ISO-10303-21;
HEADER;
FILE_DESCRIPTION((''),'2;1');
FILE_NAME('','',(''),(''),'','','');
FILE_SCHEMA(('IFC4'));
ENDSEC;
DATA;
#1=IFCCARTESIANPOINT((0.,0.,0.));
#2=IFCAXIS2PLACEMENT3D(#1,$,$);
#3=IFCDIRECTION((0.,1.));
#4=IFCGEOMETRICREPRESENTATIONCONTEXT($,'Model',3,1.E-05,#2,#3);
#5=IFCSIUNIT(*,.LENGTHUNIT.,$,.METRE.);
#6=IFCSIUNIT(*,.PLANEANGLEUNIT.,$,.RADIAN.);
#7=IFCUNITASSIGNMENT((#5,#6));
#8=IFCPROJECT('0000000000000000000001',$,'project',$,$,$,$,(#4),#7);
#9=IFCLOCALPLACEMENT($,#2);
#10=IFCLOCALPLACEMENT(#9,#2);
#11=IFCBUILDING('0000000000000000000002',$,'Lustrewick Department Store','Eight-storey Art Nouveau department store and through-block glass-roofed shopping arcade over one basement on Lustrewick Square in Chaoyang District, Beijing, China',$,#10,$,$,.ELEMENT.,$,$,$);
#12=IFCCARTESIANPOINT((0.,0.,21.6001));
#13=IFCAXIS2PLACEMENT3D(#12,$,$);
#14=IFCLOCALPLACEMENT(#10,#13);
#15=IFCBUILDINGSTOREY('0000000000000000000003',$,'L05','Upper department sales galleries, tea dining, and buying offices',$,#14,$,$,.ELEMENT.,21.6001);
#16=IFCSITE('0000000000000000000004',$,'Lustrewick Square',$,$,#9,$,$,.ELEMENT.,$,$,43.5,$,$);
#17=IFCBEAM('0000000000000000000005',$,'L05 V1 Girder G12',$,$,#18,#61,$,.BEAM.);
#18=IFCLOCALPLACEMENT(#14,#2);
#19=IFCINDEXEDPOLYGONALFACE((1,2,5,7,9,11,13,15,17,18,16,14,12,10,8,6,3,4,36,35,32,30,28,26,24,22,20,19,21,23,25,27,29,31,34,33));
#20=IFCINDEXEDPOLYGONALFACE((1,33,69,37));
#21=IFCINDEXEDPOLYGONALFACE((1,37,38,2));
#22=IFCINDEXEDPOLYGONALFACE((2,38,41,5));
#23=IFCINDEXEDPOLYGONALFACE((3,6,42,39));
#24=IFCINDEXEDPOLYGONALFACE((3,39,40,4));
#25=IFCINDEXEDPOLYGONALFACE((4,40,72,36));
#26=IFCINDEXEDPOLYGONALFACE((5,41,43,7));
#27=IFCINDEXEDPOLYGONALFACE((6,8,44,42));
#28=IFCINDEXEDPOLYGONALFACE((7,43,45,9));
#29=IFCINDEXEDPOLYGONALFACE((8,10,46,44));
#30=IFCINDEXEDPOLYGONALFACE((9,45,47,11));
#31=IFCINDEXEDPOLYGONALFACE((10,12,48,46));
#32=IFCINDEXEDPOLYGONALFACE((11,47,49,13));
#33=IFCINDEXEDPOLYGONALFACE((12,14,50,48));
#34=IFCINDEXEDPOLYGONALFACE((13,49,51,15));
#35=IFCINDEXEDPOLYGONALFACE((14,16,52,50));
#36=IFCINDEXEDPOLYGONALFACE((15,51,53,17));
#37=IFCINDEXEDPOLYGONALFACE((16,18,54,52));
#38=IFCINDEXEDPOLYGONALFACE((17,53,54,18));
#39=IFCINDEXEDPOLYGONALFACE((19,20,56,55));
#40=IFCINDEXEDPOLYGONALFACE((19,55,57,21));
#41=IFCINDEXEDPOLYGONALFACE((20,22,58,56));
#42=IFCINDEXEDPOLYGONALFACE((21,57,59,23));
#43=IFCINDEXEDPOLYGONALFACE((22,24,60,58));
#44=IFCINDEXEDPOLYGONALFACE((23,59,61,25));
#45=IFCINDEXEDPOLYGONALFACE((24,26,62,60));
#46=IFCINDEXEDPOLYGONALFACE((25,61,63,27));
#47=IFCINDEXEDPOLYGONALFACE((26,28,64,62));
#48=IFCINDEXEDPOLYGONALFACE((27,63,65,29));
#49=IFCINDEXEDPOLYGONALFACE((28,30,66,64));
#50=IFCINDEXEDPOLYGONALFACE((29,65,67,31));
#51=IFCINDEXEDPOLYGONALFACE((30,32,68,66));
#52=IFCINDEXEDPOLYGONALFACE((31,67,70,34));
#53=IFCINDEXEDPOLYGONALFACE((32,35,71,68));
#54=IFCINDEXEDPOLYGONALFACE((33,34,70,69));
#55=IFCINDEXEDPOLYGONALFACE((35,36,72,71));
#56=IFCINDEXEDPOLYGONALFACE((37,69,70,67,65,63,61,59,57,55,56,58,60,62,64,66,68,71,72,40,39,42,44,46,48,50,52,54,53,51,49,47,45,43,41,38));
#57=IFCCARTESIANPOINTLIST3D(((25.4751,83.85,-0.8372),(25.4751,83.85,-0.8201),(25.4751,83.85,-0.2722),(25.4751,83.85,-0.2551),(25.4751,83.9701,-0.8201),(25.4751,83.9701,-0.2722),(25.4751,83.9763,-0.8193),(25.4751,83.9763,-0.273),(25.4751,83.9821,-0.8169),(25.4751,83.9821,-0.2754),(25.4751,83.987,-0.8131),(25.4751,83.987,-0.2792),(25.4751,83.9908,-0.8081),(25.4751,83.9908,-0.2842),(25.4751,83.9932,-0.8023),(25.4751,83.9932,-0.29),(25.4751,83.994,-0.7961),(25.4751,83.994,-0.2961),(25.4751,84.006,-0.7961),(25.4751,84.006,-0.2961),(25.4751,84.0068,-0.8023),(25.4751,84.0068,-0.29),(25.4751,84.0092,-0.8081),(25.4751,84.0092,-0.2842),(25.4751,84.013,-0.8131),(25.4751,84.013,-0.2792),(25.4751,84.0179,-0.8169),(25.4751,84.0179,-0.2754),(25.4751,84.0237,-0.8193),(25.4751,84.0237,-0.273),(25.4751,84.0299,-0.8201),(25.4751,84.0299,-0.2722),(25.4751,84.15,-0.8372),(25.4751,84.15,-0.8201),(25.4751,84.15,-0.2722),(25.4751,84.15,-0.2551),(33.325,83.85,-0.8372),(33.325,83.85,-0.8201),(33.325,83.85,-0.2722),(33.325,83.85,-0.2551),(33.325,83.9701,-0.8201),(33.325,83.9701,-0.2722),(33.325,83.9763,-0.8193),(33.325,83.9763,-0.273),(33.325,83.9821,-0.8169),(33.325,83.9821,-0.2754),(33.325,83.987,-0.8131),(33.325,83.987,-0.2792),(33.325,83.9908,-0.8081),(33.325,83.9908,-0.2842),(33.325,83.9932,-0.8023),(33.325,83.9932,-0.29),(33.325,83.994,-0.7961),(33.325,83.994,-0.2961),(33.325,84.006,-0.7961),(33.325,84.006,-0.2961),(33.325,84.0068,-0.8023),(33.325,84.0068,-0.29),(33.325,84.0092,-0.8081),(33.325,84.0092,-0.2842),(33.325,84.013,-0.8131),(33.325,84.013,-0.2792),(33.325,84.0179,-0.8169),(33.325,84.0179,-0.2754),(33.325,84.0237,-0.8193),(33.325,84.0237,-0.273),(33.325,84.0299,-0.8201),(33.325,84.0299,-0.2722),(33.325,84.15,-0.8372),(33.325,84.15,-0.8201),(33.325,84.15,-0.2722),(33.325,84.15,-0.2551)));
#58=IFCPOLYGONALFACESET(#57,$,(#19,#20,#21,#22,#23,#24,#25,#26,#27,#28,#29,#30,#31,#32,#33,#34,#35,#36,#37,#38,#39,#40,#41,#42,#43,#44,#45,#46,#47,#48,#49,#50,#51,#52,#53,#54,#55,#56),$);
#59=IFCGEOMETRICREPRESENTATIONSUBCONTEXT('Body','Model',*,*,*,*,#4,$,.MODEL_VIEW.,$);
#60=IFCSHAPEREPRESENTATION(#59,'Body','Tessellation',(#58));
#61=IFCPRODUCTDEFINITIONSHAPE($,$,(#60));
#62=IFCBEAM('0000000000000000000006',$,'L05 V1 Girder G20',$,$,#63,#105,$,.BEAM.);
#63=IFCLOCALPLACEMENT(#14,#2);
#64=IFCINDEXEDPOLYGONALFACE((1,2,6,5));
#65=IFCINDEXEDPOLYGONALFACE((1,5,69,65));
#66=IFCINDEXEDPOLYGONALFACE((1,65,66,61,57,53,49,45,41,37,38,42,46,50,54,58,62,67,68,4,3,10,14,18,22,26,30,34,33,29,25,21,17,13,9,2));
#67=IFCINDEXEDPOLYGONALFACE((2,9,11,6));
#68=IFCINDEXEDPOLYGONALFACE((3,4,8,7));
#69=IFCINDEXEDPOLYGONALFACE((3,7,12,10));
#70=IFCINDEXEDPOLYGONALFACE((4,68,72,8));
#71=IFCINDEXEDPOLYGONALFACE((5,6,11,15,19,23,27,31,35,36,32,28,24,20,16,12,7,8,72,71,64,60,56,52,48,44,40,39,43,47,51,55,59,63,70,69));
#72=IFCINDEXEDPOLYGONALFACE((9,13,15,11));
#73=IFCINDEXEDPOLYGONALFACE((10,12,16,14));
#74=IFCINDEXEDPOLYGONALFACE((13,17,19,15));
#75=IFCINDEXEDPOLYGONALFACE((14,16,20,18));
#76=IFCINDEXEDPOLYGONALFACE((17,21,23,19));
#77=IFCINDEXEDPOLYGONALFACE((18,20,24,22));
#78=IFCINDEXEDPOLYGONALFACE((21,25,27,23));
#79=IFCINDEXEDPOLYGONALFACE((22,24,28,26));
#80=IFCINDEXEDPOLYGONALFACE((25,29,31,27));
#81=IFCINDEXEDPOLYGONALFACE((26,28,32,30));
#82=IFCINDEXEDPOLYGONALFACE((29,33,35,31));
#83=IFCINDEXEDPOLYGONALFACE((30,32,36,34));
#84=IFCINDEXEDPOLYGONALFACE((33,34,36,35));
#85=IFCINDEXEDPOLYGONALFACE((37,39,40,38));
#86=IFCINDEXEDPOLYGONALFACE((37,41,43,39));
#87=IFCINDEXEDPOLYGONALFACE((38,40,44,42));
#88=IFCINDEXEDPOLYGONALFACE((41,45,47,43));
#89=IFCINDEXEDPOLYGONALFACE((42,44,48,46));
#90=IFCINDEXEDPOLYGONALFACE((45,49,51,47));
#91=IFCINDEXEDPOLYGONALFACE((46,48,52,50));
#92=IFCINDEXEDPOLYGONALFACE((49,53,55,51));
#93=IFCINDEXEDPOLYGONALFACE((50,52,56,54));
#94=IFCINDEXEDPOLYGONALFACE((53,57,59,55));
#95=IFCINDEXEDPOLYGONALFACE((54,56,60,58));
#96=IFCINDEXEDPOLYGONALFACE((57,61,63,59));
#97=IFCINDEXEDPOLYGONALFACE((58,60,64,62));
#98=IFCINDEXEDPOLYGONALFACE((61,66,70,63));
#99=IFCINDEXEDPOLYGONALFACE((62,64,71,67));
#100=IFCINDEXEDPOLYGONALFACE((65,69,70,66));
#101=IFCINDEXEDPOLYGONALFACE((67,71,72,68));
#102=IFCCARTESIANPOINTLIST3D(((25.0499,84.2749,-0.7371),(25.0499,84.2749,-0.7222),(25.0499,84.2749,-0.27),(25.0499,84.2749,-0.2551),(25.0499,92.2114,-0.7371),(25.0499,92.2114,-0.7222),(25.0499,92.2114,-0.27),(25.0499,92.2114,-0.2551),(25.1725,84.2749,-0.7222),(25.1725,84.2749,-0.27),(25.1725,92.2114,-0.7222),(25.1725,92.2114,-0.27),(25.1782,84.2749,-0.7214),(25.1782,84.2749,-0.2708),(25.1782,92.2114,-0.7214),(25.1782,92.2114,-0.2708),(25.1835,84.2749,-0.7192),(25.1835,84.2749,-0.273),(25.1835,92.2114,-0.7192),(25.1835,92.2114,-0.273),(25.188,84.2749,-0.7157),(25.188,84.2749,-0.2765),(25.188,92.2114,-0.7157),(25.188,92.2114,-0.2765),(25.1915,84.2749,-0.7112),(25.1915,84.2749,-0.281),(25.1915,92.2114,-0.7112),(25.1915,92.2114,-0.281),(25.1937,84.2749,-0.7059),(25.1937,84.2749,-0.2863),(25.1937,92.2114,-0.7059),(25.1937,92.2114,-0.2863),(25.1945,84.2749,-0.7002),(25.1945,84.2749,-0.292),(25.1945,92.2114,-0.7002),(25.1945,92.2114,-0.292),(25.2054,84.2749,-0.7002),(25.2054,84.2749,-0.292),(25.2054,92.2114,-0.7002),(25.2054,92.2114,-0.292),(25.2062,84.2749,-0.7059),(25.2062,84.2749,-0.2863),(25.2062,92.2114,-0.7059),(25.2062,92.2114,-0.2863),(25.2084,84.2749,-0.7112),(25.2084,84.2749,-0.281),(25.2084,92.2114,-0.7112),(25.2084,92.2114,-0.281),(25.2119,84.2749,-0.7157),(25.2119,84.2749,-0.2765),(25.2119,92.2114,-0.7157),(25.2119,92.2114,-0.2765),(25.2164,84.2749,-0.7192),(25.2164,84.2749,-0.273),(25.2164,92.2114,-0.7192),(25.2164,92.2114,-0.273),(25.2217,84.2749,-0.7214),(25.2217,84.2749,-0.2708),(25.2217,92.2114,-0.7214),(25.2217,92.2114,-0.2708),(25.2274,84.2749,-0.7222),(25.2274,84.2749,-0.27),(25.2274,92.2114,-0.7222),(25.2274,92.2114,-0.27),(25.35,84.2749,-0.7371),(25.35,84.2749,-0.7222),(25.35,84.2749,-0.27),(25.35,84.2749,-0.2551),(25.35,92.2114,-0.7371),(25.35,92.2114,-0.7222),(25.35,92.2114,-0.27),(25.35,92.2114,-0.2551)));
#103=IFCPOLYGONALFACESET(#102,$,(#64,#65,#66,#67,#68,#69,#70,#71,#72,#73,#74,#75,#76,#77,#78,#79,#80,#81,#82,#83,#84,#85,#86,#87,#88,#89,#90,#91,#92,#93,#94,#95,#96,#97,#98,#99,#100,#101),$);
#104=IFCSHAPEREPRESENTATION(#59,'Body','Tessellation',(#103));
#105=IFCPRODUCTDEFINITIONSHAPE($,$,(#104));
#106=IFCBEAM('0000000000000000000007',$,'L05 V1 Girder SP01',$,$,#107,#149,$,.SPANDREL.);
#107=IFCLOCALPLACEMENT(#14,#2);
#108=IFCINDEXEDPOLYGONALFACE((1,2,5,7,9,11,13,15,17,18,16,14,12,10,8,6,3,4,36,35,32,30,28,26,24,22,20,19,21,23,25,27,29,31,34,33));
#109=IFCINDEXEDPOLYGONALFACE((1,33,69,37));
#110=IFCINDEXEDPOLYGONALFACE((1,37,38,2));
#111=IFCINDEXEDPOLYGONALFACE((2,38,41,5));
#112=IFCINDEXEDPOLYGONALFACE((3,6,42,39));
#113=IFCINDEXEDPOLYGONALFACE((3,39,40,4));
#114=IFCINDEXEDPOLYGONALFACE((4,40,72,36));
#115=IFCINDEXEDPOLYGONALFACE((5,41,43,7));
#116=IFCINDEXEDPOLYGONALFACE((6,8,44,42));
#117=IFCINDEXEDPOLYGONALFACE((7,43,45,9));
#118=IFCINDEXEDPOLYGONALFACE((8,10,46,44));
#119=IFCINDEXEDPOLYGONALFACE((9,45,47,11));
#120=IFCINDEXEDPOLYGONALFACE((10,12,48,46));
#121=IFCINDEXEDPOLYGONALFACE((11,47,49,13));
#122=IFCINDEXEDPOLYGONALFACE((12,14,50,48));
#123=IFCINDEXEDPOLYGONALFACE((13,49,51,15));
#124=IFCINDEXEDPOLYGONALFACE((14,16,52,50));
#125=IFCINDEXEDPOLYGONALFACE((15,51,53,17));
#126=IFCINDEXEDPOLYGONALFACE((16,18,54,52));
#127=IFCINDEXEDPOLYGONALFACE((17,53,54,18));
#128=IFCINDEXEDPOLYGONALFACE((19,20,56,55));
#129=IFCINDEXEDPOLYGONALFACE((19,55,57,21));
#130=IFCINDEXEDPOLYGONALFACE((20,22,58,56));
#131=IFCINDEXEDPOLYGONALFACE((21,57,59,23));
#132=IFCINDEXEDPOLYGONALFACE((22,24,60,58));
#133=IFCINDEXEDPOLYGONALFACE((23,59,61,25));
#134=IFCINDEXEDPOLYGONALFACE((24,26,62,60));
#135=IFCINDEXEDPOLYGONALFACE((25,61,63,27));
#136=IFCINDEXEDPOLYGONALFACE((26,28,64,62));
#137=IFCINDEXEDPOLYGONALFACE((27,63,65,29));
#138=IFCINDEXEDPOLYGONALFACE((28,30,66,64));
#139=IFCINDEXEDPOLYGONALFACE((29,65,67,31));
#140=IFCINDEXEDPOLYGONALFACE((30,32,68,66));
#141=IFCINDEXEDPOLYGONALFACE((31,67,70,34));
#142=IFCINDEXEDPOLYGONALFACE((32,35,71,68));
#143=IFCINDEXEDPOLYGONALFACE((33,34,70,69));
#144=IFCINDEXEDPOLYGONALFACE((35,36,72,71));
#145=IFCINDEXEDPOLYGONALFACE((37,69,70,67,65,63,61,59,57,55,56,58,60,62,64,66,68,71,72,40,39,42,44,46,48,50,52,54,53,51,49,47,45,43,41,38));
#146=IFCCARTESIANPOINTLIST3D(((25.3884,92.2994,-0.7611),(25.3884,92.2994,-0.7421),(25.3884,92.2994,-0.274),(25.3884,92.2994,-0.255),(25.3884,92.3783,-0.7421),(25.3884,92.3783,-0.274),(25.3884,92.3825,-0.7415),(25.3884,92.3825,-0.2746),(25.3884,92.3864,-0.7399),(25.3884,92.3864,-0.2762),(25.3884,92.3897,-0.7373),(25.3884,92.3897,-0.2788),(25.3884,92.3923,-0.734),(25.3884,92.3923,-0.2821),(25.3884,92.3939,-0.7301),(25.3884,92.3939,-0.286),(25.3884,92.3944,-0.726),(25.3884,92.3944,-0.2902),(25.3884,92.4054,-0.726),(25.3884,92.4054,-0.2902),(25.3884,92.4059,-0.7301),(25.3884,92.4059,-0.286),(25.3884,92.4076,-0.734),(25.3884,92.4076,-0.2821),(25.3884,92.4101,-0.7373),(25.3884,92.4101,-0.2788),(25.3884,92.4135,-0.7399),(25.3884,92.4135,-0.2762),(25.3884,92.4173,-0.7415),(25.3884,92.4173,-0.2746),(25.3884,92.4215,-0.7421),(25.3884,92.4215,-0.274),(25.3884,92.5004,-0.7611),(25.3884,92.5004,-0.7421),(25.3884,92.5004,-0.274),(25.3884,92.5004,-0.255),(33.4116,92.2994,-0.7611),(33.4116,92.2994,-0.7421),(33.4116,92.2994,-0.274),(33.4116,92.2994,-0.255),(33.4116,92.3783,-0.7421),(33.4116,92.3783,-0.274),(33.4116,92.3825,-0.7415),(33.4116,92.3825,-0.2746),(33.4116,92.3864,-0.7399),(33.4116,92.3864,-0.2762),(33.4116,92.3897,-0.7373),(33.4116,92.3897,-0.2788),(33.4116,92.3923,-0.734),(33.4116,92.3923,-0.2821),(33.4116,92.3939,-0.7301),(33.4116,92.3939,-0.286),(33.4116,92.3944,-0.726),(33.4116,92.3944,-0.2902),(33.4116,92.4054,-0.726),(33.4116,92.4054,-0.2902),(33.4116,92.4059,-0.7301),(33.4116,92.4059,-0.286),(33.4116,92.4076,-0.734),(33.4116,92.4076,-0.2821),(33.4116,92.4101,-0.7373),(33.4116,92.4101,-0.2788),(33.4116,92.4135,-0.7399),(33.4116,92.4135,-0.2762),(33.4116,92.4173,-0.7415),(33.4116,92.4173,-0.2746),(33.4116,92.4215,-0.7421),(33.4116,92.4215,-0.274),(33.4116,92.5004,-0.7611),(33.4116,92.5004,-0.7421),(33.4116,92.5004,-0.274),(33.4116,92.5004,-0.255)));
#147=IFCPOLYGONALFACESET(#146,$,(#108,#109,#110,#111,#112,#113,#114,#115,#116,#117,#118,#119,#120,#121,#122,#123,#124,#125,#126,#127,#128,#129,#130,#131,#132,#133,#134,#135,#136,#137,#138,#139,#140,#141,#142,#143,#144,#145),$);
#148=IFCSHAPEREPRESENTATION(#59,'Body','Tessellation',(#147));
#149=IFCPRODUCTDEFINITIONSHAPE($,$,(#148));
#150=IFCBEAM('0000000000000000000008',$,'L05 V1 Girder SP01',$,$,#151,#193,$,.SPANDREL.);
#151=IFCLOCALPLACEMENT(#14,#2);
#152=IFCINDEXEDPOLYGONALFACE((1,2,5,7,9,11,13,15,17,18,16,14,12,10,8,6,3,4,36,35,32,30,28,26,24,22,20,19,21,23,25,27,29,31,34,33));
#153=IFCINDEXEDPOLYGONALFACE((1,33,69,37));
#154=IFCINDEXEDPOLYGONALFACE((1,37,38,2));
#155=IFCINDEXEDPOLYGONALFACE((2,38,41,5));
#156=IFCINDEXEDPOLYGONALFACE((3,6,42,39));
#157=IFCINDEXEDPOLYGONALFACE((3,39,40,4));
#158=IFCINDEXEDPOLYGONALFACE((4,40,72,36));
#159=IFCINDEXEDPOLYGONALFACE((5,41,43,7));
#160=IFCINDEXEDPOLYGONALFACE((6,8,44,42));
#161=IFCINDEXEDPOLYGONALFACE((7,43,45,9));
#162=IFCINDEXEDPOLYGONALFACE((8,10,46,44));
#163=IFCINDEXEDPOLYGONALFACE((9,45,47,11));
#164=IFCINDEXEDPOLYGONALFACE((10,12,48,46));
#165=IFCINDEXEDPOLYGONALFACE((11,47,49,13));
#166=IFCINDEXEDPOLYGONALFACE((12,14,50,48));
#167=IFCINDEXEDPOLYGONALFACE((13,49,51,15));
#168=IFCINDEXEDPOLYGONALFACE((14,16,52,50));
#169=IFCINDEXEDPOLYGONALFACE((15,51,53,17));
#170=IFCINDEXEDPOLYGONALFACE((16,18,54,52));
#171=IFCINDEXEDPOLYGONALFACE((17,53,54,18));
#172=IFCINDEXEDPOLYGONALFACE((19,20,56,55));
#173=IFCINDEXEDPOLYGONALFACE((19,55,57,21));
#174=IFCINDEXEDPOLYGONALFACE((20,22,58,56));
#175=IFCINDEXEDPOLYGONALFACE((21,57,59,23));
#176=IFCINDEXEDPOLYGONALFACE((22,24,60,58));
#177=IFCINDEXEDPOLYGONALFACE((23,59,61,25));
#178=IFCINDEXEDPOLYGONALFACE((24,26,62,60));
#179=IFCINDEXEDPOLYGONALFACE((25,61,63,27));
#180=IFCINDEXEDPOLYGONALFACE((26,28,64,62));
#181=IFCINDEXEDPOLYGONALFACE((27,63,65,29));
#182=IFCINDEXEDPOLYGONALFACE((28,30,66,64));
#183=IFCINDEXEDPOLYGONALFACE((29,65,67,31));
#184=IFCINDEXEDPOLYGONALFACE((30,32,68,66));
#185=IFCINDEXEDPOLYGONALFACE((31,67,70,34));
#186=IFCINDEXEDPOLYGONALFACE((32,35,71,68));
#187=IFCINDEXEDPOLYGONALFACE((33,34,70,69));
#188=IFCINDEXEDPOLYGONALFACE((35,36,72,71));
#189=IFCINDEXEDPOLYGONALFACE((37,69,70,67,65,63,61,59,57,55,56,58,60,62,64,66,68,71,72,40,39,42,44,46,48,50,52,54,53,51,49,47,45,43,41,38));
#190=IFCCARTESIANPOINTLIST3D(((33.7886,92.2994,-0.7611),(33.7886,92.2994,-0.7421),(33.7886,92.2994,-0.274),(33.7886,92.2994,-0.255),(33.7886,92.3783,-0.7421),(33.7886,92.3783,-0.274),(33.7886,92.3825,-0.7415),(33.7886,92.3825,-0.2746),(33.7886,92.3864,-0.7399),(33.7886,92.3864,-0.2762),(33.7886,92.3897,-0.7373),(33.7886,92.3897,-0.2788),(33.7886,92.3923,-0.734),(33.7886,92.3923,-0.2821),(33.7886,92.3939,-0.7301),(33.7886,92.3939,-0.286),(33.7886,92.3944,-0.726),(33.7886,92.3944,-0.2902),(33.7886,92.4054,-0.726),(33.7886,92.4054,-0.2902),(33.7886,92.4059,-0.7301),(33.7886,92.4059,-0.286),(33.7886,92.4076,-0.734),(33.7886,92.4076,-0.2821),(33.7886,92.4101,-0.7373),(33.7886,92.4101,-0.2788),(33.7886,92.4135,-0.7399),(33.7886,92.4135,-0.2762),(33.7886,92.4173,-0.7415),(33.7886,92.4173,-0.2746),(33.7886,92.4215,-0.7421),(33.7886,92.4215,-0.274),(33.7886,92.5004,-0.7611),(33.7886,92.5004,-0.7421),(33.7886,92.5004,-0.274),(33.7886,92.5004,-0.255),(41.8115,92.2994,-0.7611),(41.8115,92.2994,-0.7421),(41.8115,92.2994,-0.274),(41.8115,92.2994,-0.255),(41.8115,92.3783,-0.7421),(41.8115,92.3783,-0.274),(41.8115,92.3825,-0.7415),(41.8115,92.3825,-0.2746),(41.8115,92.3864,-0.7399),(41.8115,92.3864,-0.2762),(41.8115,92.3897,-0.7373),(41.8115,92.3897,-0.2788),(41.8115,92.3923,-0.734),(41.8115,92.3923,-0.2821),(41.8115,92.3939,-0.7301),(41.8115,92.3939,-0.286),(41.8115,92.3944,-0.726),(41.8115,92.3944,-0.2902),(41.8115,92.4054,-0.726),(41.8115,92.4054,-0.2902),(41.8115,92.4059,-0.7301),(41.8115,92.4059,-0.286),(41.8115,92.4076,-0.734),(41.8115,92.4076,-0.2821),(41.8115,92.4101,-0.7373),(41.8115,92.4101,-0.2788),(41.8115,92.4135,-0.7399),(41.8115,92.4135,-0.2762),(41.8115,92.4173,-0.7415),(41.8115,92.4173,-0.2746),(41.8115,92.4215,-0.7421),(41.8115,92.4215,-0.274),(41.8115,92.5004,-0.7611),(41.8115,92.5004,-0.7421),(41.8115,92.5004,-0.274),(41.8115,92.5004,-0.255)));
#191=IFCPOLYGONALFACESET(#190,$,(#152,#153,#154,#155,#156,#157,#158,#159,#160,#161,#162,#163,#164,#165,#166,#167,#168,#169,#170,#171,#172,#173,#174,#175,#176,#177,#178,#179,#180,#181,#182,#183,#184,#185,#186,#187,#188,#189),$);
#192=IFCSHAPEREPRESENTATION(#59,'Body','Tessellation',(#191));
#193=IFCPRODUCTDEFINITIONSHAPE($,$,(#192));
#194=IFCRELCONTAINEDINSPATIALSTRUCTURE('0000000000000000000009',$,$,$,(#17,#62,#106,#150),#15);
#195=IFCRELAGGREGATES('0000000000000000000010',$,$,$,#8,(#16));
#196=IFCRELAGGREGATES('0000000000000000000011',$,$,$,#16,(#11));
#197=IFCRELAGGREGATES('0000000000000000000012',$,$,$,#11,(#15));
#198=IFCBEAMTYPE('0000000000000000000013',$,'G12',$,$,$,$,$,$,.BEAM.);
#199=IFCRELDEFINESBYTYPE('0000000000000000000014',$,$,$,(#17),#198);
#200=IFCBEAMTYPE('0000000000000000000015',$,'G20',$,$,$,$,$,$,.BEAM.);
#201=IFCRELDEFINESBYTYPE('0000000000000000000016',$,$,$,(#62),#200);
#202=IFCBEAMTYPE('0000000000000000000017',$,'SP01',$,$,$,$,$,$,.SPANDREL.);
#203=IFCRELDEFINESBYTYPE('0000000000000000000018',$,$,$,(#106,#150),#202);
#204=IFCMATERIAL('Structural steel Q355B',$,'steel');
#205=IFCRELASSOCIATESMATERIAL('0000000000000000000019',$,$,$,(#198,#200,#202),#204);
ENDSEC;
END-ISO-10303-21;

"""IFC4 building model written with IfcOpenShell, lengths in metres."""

from ifc_helpers import new_model, si_unit, direction, frame, origin, origin_2d, place, context, subcontext, project, spatial, i_section, extrude, material, material_profile, profile_set, type_object, element, save


model = new_model("IFC4")

# Units and contexts
model_context = context("Model", 3, precision=1e-05, world=origin(), true_north=direction((0.0, 1.0)))
body_context = subcontext(model_context, "Body", "Model", "MODEL_VIEW")
ifc_project = project(units=[si_unit("LENGTHUNIT", "METRE"), si_unit("PLANEANGLEUNIT", "RADIAN")], contexts=[model_context])

# Site, building, storey
site_placement = place(None, origin())
site = spatial("IfcSite", under=ifc_project, at=site_placement, Name="Lustrewick Square", CompositionType="ELEMENT", RefElevation=43.5)
building_placement = place(site_placement, origin())
building = spatial("IfcBuilding", under=site, at=building_placement, Name="Lustrewick Department Store", Description="Eight-storey Art Nouveau department store and through-block glass-roofed shopping arcade over one basement on Lustrewick Square in Chaoyang District, Beijing, China", CompositionType="ELEMENT")
storey_placement = place(building_placement, frame((0.0, 0.0, 21.6001)))
storey = spatial("IfcBuildingStorey", under=building, at=storey_placement, Name="L05", Description="Upper department sales galleries, tea dining, and buying offices", CompositionType="ELEMENT", Elevation=21.6001)

# Shared definitions
ifc_material_1 = material(Name="Structural steel Q355B", Category="steel")

# Beams
ifc_material_profile_1 = material_profile(ifc_material_1, i_section(OverallWidth=0.3, OverallDepth=0.582, WebThickness=0.012, FlangeThickness=0.0171, FilletRadius=0.0239, at=origin_2d()), Name="HM 582x300x12x17")
ifc_profile_set_1 = profile_set([ifc_material_profile_1], Name="Structural steel Q355B")
beam_type_1 = type_object("IfcBeamType", Name="G12", PredefinedType="BEAM", material=ifc_profile_set_1)
beam_1_placement = place(storey_placement, frame((25.4751, 84.0, -0.5461), z_axis=(1.0, 0.0, 0.0), x_axis=(0.0, 1.0, 0.0)))
element("IfcBeam", 1, at=beam_1_placement, inside=storey, type_object=beam_type_1, Name="L05 V1 Girder G12", PredefinedType="BEAM", context=body_context, shape_type="SweptSolid", body=[
    extrude(i_section(OverallWidth=0.3, OverallDepth=0.582, WebThickness=0.012, FlangeThickness=0.0171, FilletRadius=0.0239, at=origin_2d()), origin(), (0.0, 0.0, 1.0), 7.8499),
])
ifc_material_profile_2 = material_profile(ifc_material_1, i_section(OverallWidth=0.3, OverallDepth=0.4819, WebThickness=0.011, FlangeThickness=0.0149, FilletRadius=0.022, at=origin_2d()), Name="HM 482x300x11x15")
ifc_profile_set_2 = profile_set([ifc_material_profile_2], Name="Structural steel Q355B")
beam_type_2 = type_object("IfcBeamType", Name="G20", PredefinedType="BEAM", material=ifc_profile_set_2)
beam_2_placement = place(storey_placement, frame((25.2, 84.2749, -0.4961), z_axis=(0.0, 1.0, 0.0), x_axis=(-1.0, 0.0, 0.0)))
element("IfcBeam", 2, at=beam_2_placement, inside=storey, type_object=beam_type_2, Name="L05 V1 Girder G20", PredefinedType="BEAM", context=body_context, shape_type="SweptSolid", body=[
    extrude(i_section(OverallWidth=0.3, OverallDepth=0.4819, WebThickness=0.011, FlangeThickness=0.0149, FilletRadius=0.022, at=origin_2d()), origin(), (0.0, 0.0, 1.0), 7.9365),
])
ifc_material_profile_3 = material_profile(ifc_material_1, i_section(OverallWidth=0.2009, OverallDepth=0.5061, WebThickness=0.011, FlangeThickness=0.019, FilletRadius=0.0161, at=origin_2d()), Name="HN 506x201x11x19")
ifc_profile_set_3 = profile_set([ifc_material_profile_3], Name="Structural steel Q355B")
beam_type_3 = type_object("IfcBeamType", Name="SP01", PredefinedType="SPANDREL", material=ifc_profile_set_3)
beam_3_placement = place(storey_placement, frame((25.3884, 92.3999, -0.5081), z_axis=(1.0, 0.0, 0.0), x_axis=(0.0, 1.0, 0.0)))
element("IfcBeam", 3, at=beam_3_placement, inside=storey, type_object=beam_type_3, Name="L05 V1 Girder SP01", PredefinedType="SPANDREL", context=body_context, shape_type="SweptSolid", body=[
    extrude(i_section(OverallWidth=0.2009, OverallDepth=0.5061, WebThickness=0.011, FlangeThickness=0.019, FilletRadius=0.0161, at=origin_2d()), origin(), (0.0, 0.0, 1.0), 8.0232),
])
beam_4_placement = place(storey_placement, frame((33.7886, 92.3999, -0.5081), z_axis=(1.0, 0.0, 0.0), x_axis=(0.0, 1.0, 0.0)))
element("IfcBeam", 4, at=beam_4_placement, inside=storey, type_object=beam_type_3, Name="L05 V1 Girder SP01", PredefinedType="SPANDREL", context=body_context, shape_type="SweptSolid", body=[
    extrude(i_section(OverallWidth=0.2009, OverallDepth=0.5061, WebThickness=0.011, FlangeThickness=0.019, FilletRadius=0.0161, at=origin_2d()), origin(), (0.0, 0.0, 1.0), 8.0229),
])

save(model, "model.ifc")
